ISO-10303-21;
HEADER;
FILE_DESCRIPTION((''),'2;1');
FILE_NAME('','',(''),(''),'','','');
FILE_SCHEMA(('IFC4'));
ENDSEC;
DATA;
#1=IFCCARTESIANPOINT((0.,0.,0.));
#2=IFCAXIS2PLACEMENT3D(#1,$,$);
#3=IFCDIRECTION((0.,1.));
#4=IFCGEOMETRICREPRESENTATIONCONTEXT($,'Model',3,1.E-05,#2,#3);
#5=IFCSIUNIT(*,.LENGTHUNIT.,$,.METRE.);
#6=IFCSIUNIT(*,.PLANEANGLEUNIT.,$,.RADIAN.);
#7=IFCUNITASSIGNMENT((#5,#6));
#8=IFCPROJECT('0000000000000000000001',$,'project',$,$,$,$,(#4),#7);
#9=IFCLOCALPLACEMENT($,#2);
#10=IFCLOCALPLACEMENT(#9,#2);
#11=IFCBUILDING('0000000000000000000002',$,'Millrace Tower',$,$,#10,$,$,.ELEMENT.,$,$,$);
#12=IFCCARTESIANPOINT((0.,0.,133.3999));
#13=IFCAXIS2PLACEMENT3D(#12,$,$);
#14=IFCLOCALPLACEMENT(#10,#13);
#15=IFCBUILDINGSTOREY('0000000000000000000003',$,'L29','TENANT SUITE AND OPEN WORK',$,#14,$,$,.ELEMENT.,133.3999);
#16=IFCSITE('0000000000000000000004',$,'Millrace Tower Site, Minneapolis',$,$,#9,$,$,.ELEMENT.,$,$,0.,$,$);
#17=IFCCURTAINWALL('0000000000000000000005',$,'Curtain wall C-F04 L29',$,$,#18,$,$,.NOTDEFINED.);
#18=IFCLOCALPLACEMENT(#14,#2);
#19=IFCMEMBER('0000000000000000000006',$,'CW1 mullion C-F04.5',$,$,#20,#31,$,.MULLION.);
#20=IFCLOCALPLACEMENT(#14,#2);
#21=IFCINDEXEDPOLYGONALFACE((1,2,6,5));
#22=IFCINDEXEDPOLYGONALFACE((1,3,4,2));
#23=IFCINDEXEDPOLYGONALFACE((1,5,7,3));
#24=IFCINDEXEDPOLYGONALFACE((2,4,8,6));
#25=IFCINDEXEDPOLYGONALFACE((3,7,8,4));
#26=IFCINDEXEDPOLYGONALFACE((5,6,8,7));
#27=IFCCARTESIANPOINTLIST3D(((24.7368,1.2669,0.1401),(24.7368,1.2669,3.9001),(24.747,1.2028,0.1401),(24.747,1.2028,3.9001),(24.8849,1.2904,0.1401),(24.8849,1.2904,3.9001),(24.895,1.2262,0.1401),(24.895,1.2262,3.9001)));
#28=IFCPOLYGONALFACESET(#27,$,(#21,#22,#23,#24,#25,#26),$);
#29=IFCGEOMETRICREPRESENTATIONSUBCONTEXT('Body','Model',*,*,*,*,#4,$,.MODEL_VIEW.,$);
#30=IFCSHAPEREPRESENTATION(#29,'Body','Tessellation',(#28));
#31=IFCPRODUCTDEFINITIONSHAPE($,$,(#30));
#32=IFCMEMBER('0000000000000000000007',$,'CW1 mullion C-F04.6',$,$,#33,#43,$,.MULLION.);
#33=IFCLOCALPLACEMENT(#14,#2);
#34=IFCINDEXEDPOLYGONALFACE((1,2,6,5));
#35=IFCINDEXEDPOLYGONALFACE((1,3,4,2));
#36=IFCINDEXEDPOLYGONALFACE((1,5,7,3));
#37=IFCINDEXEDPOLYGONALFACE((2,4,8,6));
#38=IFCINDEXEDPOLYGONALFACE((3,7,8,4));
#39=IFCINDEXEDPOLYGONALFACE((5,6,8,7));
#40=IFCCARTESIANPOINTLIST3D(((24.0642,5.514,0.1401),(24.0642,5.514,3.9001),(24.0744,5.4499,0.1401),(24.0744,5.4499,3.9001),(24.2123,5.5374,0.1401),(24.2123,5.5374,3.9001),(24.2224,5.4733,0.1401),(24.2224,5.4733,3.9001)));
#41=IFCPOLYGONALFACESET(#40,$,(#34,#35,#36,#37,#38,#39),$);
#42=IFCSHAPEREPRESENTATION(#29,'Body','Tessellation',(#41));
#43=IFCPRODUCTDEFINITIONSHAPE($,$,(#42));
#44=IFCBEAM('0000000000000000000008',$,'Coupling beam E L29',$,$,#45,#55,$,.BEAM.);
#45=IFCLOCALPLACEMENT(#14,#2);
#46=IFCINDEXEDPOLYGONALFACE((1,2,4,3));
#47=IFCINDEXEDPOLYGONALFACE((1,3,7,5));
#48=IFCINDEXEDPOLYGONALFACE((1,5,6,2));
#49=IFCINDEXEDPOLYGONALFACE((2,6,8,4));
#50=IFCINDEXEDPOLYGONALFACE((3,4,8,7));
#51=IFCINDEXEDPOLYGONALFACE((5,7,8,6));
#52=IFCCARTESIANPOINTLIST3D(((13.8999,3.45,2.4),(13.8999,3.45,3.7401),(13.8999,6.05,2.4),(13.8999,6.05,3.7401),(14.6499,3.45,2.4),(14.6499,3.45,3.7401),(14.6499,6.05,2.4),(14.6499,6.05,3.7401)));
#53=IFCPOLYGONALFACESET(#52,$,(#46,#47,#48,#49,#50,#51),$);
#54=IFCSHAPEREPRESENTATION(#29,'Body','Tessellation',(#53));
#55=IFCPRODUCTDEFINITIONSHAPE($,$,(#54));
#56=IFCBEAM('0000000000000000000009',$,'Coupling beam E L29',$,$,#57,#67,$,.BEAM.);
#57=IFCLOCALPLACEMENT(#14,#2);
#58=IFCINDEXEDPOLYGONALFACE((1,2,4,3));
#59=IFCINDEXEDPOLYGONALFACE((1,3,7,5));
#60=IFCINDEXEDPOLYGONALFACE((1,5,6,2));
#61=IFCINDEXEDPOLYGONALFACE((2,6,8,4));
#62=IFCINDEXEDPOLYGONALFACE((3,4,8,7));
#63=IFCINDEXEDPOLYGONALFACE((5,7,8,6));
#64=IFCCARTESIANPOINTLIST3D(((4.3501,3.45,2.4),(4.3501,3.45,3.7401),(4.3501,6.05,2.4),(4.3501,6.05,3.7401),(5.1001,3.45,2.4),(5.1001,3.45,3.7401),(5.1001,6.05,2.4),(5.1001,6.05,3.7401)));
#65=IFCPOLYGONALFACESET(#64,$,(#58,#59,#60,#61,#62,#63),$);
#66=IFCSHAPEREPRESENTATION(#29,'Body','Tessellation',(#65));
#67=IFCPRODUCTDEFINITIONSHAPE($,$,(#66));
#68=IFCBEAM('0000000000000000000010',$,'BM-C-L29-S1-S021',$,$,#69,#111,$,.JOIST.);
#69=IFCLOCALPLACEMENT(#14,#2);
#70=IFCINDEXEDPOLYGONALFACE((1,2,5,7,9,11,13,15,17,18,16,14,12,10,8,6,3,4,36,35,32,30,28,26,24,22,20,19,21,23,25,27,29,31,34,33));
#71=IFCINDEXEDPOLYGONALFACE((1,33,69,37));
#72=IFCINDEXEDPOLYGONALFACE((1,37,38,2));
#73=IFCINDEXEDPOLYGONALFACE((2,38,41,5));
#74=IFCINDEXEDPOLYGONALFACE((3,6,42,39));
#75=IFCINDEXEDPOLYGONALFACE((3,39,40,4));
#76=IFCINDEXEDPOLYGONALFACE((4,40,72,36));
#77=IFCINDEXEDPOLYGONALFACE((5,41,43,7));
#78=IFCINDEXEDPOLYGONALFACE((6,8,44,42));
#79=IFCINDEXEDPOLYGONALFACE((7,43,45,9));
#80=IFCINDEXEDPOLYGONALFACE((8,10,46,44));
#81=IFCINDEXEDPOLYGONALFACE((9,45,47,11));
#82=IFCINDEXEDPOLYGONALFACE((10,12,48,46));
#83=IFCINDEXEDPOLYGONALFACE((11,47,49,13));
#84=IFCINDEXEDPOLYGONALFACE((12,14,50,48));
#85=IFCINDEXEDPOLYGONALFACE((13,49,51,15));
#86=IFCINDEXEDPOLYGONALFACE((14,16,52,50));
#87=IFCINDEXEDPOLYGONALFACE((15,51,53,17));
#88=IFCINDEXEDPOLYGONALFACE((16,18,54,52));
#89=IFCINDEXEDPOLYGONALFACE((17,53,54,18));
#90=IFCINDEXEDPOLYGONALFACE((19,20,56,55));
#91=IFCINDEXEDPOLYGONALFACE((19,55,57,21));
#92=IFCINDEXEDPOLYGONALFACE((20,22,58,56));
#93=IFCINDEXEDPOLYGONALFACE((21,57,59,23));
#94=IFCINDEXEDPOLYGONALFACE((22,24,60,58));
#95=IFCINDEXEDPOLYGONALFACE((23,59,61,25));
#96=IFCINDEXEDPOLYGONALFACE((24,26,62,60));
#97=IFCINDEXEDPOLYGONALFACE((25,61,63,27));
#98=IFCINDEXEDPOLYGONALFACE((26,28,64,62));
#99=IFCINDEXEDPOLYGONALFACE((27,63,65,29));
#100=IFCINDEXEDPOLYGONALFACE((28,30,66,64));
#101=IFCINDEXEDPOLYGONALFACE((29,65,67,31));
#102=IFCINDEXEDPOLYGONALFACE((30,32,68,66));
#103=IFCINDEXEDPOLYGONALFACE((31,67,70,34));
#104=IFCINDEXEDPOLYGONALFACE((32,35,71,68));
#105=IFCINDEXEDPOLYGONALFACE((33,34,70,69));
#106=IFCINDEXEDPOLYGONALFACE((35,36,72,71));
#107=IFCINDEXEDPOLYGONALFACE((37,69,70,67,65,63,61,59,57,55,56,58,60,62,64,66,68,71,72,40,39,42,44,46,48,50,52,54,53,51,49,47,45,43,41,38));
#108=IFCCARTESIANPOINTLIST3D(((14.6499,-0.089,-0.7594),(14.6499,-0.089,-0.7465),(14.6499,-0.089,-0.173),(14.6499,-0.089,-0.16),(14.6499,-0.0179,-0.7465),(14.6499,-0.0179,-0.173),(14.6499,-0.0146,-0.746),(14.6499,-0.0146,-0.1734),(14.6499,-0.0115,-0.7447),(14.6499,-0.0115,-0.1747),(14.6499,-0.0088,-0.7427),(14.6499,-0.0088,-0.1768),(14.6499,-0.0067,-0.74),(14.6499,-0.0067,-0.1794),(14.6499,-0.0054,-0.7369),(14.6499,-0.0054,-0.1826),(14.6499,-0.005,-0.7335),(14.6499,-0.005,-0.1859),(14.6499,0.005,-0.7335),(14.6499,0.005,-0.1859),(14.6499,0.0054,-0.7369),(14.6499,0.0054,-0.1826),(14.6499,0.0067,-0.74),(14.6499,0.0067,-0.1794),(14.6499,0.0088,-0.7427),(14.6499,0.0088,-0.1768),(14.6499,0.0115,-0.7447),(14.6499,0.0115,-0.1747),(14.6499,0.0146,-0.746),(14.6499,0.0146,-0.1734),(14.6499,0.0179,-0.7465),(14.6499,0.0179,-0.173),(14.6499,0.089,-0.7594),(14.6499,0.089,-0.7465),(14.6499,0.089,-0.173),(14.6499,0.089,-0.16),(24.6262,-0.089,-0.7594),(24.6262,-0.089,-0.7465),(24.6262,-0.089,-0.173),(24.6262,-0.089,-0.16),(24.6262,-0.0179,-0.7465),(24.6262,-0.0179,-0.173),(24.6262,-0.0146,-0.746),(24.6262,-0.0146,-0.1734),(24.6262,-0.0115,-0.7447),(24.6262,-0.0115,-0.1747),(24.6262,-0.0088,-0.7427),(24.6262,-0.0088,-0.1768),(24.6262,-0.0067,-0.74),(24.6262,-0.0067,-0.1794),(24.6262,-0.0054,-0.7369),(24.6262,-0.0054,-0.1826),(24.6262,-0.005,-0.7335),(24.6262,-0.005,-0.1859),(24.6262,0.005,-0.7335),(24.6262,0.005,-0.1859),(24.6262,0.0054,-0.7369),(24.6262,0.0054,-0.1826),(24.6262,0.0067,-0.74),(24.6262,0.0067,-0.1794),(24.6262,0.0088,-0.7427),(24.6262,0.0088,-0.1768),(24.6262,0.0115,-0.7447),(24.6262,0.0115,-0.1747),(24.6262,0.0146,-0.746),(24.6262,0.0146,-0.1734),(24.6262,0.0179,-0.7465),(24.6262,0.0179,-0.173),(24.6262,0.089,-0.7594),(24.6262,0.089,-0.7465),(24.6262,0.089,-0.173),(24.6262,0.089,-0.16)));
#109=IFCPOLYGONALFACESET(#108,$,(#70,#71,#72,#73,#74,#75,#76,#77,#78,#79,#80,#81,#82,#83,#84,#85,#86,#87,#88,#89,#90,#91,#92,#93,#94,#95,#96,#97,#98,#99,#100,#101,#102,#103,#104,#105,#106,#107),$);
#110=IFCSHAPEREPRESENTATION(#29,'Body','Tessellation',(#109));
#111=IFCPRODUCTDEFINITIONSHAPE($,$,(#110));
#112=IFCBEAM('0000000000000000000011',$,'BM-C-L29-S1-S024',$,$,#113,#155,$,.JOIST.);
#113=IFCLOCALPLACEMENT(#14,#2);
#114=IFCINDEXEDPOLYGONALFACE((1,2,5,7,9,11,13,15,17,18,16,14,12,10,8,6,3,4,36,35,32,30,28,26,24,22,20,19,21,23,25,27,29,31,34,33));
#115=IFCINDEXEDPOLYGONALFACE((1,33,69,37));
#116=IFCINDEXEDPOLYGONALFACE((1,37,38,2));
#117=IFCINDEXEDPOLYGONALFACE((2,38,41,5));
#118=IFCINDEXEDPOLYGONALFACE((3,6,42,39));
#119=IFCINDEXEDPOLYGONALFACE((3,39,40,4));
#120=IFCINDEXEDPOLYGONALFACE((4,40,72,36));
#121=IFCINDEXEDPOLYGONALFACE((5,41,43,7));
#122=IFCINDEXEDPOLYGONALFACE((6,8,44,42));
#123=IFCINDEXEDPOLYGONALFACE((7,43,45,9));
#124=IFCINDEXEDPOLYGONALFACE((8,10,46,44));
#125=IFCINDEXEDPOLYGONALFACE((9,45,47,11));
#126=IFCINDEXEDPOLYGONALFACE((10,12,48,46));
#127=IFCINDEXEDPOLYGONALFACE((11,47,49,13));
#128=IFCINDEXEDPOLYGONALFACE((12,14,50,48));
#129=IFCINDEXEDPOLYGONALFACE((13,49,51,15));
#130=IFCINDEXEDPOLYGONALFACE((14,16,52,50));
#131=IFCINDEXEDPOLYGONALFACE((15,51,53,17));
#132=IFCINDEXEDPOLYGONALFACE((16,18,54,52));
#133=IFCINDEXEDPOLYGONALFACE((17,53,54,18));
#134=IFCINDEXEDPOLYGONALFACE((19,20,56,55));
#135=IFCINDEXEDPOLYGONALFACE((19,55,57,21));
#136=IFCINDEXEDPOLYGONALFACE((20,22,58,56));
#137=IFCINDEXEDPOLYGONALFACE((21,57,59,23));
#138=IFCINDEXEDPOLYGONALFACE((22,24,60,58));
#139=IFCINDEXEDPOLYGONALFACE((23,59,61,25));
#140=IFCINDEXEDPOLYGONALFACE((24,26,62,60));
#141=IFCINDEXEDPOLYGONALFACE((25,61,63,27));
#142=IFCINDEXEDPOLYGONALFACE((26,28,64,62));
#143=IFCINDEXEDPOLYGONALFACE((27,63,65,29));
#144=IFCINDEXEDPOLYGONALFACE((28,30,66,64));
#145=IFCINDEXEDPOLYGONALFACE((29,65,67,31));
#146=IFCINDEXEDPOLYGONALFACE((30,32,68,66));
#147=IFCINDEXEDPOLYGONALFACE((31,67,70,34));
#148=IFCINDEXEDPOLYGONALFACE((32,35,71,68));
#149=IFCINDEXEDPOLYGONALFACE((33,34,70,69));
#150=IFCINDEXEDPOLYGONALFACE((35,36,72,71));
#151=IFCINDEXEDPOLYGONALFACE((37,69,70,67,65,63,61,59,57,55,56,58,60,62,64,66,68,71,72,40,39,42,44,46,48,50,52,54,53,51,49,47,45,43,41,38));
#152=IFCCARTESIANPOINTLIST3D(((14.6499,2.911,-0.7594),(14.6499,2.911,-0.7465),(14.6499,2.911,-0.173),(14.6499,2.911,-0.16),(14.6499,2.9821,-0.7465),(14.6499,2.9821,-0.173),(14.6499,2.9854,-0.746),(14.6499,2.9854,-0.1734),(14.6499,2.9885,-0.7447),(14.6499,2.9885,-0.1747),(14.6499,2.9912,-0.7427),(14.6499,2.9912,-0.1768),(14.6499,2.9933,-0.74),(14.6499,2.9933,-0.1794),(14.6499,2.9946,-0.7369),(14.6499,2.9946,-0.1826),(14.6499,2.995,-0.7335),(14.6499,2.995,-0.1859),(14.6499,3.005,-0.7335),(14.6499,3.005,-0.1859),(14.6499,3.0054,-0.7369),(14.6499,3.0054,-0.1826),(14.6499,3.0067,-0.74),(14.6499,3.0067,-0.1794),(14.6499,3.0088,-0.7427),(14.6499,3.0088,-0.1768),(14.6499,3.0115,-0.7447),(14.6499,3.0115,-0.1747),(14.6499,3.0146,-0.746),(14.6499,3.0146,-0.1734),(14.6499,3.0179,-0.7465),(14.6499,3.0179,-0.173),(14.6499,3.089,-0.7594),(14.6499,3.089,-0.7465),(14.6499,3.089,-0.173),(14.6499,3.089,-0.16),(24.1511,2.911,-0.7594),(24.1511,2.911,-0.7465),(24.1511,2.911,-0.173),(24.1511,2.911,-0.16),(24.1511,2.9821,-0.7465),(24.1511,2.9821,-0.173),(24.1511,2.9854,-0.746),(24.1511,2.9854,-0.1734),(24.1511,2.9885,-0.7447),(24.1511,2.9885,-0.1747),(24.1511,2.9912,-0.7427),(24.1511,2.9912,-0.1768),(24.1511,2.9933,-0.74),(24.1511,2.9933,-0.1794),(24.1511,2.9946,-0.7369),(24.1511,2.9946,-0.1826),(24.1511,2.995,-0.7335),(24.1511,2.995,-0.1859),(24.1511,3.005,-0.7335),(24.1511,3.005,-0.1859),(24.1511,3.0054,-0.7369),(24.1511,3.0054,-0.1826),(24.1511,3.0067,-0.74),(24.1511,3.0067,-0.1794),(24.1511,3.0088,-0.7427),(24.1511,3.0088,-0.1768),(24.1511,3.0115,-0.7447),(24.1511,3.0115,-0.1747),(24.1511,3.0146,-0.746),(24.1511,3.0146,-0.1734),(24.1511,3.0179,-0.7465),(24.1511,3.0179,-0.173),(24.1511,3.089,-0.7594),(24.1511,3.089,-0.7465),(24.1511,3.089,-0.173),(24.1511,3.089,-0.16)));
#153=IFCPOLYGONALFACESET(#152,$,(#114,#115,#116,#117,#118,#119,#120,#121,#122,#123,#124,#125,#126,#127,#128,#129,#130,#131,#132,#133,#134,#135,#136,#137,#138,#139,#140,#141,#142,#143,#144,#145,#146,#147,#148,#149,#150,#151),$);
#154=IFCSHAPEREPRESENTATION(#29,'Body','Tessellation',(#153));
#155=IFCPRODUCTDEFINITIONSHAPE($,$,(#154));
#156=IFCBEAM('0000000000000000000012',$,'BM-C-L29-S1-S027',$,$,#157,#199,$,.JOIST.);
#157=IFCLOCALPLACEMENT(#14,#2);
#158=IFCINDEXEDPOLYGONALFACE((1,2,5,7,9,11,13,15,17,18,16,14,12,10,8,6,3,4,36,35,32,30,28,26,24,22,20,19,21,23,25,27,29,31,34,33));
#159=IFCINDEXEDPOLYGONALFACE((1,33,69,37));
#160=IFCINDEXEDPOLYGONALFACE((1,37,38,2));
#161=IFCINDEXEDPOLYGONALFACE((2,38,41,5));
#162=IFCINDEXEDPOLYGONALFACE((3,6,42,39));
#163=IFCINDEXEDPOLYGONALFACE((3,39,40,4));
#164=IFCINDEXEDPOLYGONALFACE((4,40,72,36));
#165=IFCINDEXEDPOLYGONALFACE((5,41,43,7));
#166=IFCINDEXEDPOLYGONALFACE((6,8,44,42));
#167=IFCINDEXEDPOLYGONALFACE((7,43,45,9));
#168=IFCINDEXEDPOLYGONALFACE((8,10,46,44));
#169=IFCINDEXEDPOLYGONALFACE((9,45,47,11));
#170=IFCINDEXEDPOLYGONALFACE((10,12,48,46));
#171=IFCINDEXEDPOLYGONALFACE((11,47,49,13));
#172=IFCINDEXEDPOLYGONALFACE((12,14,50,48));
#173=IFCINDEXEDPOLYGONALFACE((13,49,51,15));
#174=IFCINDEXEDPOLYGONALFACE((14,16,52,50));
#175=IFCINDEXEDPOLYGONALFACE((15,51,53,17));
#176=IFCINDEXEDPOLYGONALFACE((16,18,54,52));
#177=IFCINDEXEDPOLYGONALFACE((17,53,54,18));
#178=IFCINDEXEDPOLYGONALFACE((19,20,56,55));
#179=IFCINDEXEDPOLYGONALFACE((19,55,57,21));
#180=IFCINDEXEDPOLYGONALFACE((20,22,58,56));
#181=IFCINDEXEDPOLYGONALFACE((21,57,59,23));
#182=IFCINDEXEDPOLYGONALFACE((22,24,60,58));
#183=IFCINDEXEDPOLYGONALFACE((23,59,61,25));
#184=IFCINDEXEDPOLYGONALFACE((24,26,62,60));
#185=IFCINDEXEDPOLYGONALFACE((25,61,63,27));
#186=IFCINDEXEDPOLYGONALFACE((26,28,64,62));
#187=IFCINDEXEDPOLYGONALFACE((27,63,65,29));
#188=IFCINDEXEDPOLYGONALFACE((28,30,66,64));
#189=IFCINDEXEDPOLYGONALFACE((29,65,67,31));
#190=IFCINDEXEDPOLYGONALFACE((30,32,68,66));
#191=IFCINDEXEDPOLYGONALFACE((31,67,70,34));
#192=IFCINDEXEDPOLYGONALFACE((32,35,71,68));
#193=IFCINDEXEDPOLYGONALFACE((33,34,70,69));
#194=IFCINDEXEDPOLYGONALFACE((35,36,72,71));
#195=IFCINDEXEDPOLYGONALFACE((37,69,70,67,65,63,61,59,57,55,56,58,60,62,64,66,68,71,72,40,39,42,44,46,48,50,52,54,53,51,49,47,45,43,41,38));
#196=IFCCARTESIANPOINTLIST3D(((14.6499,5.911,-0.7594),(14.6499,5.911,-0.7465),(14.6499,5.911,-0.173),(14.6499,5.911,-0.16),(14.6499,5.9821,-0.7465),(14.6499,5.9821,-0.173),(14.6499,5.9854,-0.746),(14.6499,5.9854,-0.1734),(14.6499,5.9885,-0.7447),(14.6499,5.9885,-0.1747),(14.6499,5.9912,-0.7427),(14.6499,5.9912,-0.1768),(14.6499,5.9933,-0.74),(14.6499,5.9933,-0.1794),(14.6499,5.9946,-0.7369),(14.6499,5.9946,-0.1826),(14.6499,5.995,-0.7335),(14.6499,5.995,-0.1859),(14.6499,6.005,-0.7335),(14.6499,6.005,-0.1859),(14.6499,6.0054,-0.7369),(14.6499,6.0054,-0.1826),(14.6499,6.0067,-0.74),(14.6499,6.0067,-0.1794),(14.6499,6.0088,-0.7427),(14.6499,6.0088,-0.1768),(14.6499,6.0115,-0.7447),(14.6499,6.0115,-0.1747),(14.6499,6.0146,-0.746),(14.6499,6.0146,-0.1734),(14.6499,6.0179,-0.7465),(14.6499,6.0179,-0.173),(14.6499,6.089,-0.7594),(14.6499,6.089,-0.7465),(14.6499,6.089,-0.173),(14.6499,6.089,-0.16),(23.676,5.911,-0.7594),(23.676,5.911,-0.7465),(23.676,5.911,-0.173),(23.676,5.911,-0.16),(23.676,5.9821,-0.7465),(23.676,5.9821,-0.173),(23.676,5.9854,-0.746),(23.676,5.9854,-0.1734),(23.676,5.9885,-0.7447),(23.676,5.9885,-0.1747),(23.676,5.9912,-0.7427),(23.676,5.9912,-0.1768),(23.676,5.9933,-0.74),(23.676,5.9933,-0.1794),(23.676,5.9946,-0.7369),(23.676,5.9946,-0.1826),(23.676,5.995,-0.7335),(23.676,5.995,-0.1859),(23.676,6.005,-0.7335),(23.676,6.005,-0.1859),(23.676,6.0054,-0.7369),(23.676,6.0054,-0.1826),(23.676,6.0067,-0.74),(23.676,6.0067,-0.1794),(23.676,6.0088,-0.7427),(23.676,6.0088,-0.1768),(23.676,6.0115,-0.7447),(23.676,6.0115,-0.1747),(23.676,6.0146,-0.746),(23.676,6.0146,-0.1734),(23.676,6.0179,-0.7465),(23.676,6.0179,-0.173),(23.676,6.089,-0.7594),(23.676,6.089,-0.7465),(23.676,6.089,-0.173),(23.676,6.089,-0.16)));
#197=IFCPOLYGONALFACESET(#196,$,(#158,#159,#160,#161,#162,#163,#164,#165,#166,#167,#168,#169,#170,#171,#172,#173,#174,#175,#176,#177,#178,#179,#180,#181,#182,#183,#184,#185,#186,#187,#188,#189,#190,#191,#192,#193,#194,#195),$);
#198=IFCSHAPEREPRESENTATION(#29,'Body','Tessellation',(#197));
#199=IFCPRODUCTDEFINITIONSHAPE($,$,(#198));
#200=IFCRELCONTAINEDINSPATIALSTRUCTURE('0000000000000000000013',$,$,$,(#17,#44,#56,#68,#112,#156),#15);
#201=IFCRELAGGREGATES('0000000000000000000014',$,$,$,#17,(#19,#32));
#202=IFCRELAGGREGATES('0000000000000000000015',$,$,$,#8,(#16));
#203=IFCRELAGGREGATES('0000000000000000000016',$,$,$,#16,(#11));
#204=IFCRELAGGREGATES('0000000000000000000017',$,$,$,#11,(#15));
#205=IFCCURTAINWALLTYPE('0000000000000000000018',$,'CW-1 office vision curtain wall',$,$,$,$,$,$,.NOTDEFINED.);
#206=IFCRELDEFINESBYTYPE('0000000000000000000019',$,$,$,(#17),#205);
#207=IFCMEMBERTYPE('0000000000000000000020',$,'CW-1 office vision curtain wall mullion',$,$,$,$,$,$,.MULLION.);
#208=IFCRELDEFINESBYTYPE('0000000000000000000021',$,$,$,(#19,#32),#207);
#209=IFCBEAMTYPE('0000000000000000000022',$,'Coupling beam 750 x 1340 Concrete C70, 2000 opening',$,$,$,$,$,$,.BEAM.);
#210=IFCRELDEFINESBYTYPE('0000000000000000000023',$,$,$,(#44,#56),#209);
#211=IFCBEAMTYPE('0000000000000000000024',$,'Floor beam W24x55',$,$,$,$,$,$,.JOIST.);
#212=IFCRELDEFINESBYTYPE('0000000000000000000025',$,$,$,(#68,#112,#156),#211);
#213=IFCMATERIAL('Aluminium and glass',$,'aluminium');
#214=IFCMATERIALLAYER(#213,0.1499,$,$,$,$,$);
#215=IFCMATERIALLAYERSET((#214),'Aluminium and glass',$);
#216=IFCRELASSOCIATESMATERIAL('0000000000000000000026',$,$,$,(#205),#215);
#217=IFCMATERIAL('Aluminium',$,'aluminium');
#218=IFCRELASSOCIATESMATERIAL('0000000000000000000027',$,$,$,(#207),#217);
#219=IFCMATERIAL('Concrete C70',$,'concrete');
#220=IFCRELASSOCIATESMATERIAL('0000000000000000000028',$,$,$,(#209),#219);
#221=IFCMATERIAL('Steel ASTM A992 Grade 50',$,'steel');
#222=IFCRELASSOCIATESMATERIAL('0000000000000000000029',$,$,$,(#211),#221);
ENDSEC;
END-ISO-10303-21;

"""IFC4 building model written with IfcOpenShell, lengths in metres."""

from ifc_helpers import new_model, si_unit, direction, frame, origin, origin_2d, place, context, subcontext, project, spatial, rectangle, i_section, extrude, material, layer, layer_set, material_profile, profile_set, type_object, element, aggregate, save


model = new_model("IFC4")

# Units and contexts
model_context = context("Model", 3, precision=1e-05, world=origin(), true_north=direction((0.0, 1.0)))
body_context = subcontext(model_context, "Body", "Model", "MODEL_VIEW")
ifc_project = project(units=[si_unit("LENGTHUNIT", "METRE"), si_unit("PLANEANGLEUNIT", "RADIAN")], contexts=[model_context])

# Site, building, storey
site_placement = place(None, origin())
site = spatial("IfcSite", under=ifc_project, at=site_placement, Name="Millrace Tower Site, Minneapolis", CompositionType="ELEMENT", RefElevation=0.0)
building_placement = place(site_placement, origin())
building = spatial("IfcBuilding", under=site, at=building_placement, Name="Millrace Tower", CompositionType="ELEMENT")
storey_placement = place(building_placement, frame((0.0, 0.0, 133.3999)))
storey = spatial("IfcBuildingStorey", under=building, at=storey_placement, Name="L29", Description="TENANT SUITE AND OPEN WORK", CompositionType="ELEMENT", Elevation=133.3999)

# Curtain wall, members
ifc_material_1 = material(Name="Aluminium and glass", Category="aluminium")
ifc_layer_1 = layer(ifc_material_1, 0.1499)
ifc_layer_set_1 = layer_set([ifc_layer_1], Name="Aluminium and glass")
curtain_wall_type = type_object("IfcCurtainWallType", Name="CW-1 office vision curtain wall", PredefinedType="NOTDEFINED", material=ifc_layer_set_1)
curtain_wall_placement = place(storey_placement, origin())
curtain_wall = element("IfcCurtainWall", 1, at=curtain_wall_placement, inside=storey, type_object=curtain_wall_type, Name="Curtain wall C-F04 L29", PredefinedType="NOTDEFINED")
ifc_material_2 = material(Name="Aluminium", Category="aluminium")
ifc_material_profile_1 = material_profile(ifc_material_2, rectangle(XDim=0.0649, YDim=0.1499, at=origin_2d()))
ifc_profile_set_1 = profile_set([ifc_material_profile_1], Name="Aluminium")
member_type = type_object("IfcMemberType", Name="CW-1 office vision curtain wall mullion", PredefinedType="MULLION", material=ifc_profile_set_1)
member_1_placement = place(storey_placement, frame((24.8159, 1.2466, 0.1401), z_axis=(0.0, 0.0, 1.0), x_axis=(-0.156434, 0.987688, 0.0)))
member_1 = element("IfcMember", 2, at=member_1_placement, type_object=member_type, Name="CW1 mullion C-F04.5", PredefinedType="MULLION", context=body_context, shape_type="SweptSolid", body=[
    extrude(rectangle(XDim=0.0649, YDim=0.1499, at=origin_2d()), origin(), (0.0, 0.0, 1.0), 3.76),
])
member_2_placement = place(storey_placement, frame((24.1433, 5.4937, 0.1401), z_axis=(0.0, 0.0, 1.0), x_axis=(-0.156434, 0.987688, 0.0)))
member_2 = element("IfcMember", 3, at=member_2_placement, type_object=member_type, Name="CW1 mullion C-F04.6", PredefinedType="MULLION", context=body_context, shape_type="SweptSolid", body=[
    extrude(rectangle(XDim=0.0649, YDim=0.1499, at=origin_2d()), origin(), (0.0, 0.0, 1.0), 3.76),
])
aggregate(curtain_wall, [member_1, member_2])

# Beams
ifc_material_3 = material(Name="Concrete C70", Category="concrete")
ifc_material_profile_2 = material_profile(ifc_material_3, rectangle(XDim=0.75, YDim=1.3401, at=origin_2d()))
ifc_profile_set_2 = profile_set([ifc_material_profile_2], Name="Concrete C70")
beam_type_1 = type_object("IfcBeamType", Name="Coupling beam 750 x 1340 Concrete C70, 2000 opening", PredefinedType="BEAM", material=ifc_profile_set_2)
for number, where, z_axis, x_axis, name in (
    (4, (14.2749, 6.05, 3.0701), (0.0, -1.0, 0.0), (1.0, 0.0, 0.0), "Coupling beam E L29"),
    (5, (4.7251, 6.05, 3.0701), (0.0, -1.0, 0.0), (1.0, 0.0, 0.0), "Coupling beam E L29"),
):
    element("IfcBeam", number, at=place(storey_placement, frame(where, z_axis=z_axis, x_axis=x_axis)), inside=storey, type_object=beam_type_1, Name=name, PredefinedType="BEAM", context=body_context, shape_type="SweptSolid", body=[
        extrude(rectangle(XDim=0.75, YDim=1.3401, at=origin_2d()), origin(), (0.0, 0.0, 1.0), 2.6001),
    ])
ifc_material_4 = material(Name="Steel ASTM A992 Grade 50", Category="steel")
ifc_material_profile_3 = material_profile(ifc_material_4, i_section(OverallWidth=0.178, OverallDepth=0.5994, WebThickness=0.01, FlangeThickness=0.0129, FilletRadius=0.0129, at=origin_2d()))
ifc_profile_set_3 = profile_set([ifc_material_profile_3], Name="Steel ASTM A992 Grade 50")
beam_type_2 = type_object("IfcBeamType", Name="Floor beam W24x55", PredefinedType="JOIST", material=ifc_profile_set_3)
beam_1_placement = place(storey_placement, frame((14.6499, 0.0, -0.4597), z_axis=(1.0, 0.0, 0.0), x_axis=(0.0, 1.0, 0.0)))
element("IfcBeam", 6, at=beam_1_placement, inside=storey, type_object=beam_type_2, Name="BM-C-L29-S1-S021", PredefinedType="JOIST", context=body_context, shape_type="SweptSolid", body=[
    extrude(i_section(OverallWidth=0.178, OverallDepth=0.5994, WebThickness=0.01, FlangeThickness=0.0129, FilletRadius=0.0129, at=origin_2d()), origin(), (0.0, 0.0, 1.0), 9.9763),
])
beam_2_placement = place(storey_placement, frame((14.6499, 3.0, -0.4597), z_axis=(1.0, 0.0, 0.0), x_axis=(0.0, 1.0, 0.0)))
element("IfcBeam", 7, at=beam_2_placement, inside=storey, type_object=beam_type_2, Name="BM-C-L29-S1-S024", PredefinedType="JOIST", context=body_context, shape_type="SweptSolid", body=[
    extrude(i_section(OverallWidth=0.178, OverallDepth=0.5994, WebThickness=0.01, FlangeThickness=0.0129, FilletRadius=0.0129, at=origin_2d()), origin(), (0.0, 0.0, 1.0), 9.5012),
])
beam_3_placement = place(storey_placement, frame((14.6499, 6.0, -0.4597), z_axis=(1.0, 0.0, 0.0), x_axis=(0.0, 1.0, 0.0)))
element("IfcBeam", 8, at=beam_3_placement, inside=storey, type_object=beam_type_2, Name="BM-C-L29-S1-S027", PredefinedType="JOIST", context=body_context, shape_type="SweptSolid", body=[
    extrude(i_section(OverallWidth=0.178, OverallDepth=0.5994, WebThickness=0.01, FlangeThickness=0.0129, FilletRadius=0.0129, at=origin_2d()), origin(), (0.0, 0.0, 1.0), 9.0261),
])

save(model, "model.ifc")
